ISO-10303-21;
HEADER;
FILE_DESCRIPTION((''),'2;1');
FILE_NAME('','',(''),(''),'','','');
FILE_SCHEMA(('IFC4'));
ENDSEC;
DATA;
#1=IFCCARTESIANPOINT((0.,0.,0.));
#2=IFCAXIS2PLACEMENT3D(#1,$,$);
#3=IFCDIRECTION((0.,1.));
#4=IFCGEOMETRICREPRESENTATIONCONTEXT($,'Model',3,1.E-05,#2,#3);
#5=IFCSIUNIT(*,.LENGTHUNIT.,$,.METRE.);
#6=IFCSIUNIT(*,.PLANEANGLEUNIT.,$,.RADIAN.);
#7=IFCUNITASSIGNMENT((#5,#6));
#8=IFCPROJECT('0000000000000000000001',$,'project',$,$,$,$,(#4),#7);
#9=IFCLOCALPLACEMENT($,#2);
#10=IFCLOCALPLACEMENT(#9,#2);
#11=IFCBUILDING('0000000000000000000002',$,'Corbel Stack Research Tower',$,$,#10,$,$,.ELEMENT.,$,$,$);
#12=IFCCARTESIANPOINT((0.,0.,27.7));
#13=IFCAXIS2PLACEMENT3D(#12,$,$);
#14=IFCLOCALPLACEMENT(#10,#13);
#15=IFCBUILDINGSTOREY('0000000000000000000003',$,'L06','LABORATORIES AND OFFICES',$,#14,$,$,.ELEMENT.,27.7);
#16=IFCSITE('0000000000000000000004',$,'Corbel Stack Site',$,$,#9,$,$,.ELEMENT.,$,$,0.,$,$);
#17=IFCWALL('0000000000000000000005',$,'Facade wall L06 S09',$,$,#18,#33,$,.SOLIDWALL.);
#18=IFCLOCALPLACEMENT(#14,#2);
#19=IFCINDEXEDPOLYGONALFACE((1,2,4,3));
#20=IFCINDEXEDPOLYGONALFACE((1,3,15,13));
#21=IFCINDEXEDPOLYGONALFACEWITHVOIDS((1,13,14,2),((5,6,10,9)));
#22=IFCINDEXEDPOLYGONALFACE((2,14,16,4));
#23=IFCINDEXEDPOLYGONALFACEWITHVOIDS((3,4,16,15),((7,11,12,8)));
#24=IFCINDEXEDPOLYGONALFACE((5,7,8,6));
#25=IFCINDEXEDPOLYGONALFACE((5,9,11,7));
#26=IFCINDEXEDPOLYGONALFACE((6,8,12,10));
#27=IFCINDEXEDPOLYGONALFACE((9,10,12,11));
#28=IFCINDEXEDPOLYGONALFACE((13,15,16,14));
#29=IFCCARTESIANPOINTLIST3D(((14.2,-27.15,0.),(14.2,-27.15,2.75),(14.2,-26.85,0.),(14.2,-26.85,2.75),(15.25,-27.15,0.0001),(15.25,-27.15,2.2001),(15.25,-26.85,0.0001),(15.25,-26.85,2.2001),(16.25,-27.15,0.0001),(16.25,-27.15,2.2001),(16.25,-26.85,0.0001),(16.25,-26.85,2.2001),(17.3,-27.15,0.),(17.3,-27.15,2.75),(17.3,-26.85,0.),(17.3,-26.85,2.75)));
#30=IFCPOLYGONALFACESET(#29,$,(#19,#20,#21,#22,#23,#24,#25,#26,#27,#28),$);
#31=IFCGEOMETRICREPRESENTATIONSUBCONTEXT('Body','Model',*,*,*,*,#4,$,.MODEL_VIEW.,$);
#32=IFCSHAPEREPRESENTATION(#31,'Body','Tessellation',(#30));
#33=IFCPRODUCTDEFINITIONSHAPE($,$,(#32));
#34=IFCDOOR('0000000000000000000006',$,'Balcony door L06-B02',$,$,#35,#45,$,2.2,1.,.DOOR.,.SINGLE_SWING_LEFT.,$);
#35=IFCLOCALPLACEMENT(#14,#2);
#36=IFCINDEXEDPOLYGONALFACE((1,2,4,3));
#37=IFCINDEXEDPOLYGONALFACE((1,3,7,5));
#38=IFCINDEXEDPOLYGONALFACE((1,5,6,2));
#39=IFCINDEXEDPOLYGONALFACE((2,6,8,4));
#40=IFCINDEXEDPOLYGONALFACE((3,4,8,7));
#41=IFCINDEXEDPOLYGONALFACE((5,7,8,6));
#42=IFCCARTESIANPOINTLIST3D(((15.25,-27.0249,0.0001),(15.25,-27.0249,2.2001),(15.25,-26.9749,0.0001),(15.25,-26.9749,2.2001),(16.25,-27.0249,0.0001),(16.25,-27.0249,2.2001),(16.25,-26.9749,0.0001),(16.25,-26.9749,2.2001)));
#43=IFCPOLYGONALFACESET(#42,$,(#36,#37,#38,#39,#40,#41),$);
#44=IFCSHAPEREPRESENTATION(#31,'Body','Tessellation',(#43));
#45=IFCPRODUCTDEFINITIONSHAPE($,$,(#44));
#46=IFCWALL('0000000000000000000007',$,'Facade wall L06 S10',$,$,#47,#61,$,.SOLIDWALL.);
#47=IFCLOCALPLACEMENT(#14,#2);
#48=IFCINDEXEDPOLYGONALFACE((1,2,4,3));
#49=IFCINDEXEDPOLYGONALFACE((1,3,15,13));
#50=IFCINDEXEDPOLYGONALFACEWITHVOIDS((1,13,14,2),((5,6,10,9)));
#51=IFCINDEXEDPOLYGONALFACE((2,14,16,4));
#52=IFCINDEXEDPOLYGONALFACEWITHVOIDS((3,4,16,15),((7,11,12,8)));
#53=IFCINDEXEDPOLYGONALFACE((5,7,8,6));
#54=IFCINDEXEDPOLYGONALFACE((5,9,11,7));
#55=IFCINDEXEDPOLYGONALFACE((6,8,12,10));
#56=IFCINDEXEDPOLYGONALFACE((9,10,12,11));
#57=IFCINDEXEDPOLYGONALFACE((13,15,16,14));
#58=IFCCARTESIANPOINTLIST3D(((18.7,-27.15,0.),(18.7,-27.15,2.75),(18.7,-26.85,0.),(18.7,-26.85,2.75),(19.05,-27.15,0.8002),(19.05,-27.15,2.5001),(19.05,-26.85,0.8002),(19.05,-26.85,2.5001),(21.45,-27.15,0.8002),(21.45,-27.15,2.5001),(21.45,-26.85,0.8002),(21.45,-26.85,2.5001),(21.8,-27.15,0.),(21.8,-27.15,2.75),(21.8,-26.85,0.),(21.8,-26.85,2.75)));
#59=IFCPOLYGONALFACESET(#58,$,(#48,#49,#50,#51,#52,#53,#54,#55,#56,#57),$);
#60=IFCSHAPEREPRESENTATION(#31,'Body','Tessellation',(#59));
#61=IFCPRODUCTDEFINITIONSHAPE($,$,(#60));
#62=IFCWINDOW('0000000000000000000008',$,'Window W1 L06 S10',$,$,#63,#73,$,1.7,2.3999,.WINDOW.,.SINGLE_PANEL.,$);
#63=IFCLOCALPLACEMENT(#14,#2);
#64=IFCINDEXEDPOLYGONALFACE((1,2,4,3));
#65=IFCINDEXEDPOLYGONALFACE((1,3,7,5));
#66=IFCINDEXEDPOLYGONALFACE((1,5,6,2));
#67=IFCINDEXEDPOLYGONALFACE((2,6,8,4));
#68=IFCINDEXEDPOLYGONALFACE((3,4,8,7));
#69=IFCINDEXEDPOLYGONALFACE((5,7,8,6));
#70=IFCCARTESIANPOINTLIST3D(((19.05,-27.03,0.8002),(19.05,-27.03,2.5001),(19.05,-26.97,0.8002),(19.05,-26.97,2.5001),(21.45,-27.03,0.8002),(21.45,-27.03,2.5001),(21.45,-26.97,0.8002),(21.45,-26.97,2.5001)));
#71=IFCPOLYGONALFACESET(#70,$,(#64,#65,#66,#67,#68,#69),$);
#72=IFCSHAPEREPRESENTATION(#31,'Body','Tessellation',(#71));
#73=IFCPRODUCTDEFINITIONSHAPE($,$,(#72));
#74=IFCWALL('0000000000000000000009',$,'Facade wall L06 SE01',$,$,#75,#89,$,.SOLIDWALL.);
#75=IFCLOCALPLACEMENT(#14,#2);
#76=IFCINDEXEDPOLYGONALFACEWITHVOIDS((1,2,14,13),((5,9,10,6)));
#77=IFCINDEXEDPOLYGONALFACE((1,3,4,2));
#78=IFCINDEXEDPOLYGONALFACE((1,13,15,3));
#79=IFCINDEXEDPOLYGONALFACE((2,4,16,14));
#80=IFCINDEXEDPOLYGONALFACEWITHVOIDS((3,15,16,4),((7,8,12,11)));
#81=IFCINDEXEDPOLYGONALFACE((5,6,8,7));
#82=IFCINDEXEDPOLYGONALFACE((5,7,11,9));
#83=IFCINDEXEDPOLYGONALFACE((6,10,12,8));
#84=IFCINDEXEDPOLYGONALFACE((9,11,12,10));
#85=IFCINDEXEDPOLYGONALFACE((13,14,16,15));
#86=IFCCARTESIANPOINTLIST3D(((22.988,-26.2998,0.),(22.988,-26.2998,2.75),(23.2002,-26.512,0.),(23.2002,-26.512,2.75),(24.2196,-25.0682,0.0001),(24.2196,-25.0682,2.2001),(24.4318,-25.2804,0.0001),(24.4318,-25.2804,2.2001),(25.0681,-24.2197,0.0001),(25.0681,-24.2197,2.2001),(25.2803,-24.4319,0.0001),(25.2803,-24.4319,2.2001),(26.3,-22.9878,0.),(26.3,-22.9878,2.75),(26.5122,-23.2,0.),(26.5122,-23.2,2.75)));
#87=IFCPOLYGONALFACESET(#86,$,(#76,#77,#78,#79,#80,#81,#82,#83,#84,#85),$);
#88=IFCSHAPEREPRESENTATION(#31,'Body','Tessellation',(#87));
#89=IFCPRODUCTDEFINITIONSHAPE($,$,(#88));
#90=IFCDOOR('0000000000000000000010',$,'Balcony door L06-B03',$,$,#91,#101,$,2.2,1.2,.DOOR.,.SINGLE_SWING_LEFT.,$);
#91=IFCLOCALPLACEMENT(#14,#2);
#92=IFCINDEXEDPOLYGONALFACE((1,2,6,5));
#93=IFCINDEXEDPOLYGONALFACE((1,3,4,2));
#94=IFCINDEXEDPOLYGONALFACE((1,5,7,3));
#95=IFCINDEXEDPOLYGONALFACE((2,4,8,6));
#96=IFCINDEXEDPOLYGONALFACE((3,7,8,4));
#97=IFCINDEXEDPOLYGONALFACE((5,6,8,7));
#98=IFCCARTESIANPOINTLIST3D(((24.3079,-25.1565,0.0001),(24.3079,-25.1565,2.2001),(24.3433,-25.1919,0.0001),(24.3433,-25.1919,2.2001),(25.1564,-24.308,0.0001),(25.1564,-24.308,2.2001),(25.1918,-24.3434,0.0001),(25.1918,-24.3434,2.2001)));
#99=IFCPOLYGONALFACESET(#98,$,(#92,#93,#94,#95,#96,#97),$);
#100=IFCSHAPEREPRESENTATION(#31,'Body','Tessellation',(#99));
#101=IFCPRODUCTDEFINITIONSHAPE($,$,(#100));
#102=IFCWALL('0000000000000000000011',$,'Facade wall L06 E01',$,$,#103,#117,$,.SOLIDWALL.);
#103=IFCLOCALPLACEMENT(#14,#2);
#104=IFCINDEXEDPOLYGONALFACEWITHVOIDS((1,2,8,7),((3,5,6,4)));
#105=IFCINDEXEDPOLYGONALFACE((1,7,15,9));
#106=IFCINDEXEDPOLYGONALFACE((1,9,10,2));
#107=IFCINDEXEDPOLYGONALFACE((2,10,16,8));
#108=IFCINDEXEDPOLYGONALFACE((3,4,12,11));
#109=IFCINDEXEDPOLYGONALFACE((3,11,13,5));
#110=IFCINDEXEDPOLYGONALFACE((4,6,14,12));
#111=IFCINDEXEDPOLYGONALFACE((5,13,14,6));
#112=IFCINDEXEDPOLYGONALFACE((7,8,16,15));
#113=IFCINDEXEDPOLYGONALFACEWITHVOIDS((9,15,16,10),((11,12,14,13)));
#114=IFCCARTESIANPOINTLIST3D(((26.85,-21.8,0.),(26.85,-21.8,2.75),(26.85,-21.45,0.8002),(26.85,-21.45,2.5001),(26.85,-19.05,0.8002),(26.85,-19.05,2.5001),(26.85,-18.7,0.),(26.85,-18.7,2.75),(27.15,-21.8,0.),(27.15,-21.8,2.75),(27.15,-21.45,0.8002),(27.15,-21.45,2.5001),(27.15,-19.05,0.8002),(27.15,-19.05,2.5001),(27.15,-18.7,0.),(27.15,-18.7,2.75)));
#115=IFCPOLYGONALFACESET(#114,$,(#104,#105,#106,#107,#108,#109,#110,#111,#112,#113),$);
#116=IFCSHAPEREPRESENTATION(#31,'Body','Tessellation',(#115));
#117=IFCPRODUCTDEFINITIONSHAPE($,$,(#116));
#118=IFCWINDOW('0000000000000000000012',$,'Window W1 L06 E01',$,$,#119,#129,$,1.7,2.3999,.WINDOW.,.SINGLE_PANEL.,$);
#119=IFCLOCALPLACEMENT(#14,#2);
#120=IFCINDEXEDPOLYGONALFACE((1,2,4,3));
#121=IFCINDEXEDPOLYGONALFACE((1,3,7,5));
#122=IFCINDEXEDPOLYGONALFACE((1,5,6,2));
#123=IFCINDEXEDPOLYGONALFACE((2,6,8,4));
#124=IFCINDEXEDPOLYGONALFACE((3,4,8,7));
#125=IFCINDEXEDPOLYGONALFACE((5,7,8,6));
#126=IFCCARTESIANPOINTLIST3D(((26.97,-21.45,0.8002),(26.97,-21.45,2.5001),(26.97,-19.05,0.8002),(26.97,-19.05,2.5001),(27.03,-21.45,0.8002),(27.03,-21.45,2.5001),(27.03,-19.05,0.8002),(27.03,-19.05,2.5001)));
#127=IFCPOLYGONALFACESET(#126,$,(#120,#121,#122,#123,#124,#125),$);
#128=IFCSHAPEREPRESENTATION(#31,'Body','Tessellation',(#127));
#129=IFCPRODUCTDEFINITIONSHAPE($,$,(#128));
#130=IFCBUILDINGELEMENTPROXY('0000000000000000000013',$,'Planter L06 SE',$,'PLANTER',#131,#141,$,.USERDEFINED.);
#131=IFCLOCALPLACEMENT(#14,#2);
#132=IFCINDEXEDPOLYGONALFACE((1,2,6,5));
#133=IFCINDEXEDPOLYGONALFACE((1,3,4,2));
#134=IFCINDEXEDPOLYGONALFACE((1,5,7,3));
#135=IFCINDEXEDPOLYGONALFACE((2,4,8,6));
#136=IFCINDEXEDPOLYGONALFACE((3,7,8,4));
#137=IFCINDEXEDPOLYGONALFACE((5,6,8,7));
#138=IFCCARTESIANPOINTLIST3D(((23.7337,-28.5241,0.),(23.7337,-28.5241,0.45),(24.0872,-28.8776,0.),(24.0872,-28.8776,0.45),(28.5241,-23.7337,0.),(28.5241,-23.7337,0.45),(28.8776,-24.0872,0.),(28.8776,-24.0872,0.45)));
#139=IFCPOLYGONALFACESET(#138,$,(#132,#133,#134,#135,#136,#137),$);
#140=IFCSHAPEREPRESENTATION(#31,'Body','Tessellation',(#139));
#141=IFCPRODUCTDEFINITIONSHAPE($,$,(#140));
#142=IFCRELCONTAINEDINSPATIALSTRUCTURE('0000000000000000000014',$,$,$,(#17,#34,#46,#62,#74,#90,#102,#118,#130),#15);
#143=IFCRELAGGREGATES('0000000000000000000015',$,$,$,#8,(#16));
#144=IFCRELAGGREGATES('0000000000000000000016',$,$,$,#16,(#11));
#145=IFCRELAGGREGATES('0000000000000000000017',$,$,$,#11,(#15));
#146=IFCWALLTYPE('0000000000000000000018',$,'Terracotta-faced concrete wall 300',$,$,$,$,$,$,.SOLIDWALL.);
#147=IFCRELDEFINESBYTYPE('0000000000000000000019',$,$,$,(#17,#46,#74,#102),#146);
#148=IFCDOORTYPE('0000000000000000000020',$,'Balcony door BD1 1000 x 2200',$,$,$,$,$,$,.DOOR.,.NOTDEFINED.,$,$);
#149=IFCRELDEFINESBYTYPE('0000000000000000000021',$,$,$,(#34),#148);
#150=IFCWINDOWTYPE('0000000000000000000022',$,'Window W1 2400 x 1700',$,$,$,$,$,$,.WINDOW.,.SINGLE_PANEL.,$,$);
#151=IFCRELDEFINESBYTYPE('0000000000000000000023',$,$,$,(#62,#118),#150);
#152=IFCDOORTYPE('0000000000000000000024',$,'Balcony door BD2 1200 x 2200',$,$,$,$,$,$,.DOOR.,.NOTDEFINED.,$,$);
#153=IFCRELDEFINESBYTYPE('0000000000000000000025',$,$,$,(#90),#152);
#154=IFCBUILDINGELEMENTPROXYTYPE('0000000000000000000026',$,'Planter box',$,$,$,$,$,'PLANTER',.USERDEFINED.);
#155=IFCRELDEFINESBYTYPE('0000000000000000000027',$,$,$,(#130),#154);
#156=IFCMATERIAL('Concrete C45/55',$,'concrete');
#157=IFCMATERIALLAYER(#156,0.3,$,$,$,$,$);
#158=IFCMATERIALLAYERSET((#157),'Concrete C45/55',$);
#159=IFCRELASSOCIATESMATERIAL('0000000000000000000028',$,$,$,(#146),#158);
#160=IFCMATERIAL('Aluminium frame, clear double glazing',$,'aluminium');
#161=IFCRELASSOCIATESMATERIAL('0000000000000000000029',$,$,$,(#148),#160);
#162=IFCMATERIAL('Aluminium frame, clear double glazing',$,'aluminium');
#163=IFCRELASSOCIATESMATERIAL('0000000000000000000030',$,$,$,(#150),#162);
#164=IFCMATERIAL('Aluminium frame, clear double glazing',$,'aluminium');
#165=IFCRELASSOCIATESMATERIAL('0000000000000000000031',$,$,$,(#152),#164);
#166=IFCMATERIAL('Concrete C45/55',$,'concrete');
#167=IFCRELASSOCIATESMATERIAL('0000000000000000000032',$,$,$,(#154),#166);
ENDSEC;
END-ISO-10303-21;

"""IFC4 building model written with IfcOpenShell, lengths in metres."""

from ifc_helpers import new_model, si_unit, direction, frame, frame_2d, origin, origin_2d, place, context, subcontext, project, spatial, rectangle, extrude, material, layer, layer_set, type_object, element, fill, save


model = new_model("IFC4")

# Units and contexts
model_context = context("Model", 3, precision=1e-05, world=origin(), true_north=direction((0.0, 1.0)))
body_context = subcontext(model_context, "Body", "Model", "MODEL_VIEW")
ifc_project = project(units=[si_unit("LENGTHUNIT", "METRE"), si_unit("PLANEANGLEUNIT", "RADIAN")], contexts=[model_context])

# Site, building, storey
site_placement = place(None, origin())
site = spatial("IfcSite", under=ifc_project, at=site_placement, Name="Corbel Stack Site", CompositionType="ELEMENT", RefElevation=0.0)
building_placement = place(site_placement, origin())
building = spatial("IfcBuilding", under=site, at=building_placement, Name="Corbel Stack Research Tower", CompositionType="ELEMENT")
storey_placement = place(building_placement, frame((0.0, 0.0, 27.7)))
storey = spatial("IfcBuildingStorey", under=building, at=storey_placement, Name="L06", Description="LABORATORIES AND OFFICES", CompositionType="ELEMENT", Elevation=27.7)

# Wall, opening, door
ifc_material_1 = material(Name="Concrete C45/55", Category="concrete")
ifc_layer_1 = layer(ifc_material_1, 0.3)
ifc_layer_set_1 = layer_set([ifc_layer_1], Name="Concrete C45/55")
wall_type_1 = type_object("IfcWallType", Name="Terracotta-faced concrete wall 300", PredefinedType="SOLIDWALL", material=ifc_layer_set_1)
wall_1_placement = place(storey_placement, frame((17.3, -27.0, 0.0), z_axis=(0.0, 0.0, 1.0), x_axis=(-1.0, 0.0, 0.0)))
wall_1 = element("IfcWall", 1, at=wall_1_placement, inside=storey, type_object=wall_type_1, Name="Facade wall L06 S09", PredefinedType="SOLIDWALL", context=body_context, shape_type="SweptSolid", body=[
    extrude(rectangle(XDim=3.1001, YDim=0.3, at=frame_2d((1.55, 0.0))), origin(), (0.0, 0.0, 1.0), 2.75),
])
opening_1_placement = place(wall_1_placement, frame((1.05, 0.0, 0.0)))
opening_1 = element("IfcOpeningElement", 2, at=opening_1_placement, cuts=wall_1, PredefinedType="OPENING", context=body_context, shape_type="SweptSolid", body=[
    extrude(rectangle(XDim=1.0, YDim=2.2, at=frame_2d((0.5, 1.1001))), frame((0.0, 0.1599, 0.0), z_axis=(0.0, -1.0, 0.0), x_axis=(1.0, 0.0, 0.0)), (0.0, 0.0, 1.0), 0.3201),
])
ifc_material_2 = material(Name="Aluminium frame, clear double glazing", Category="aluminium")
door_type_1 = type_object("IfcDoorType", Name="Balcony door BD1 1000 x 2200", OperationType="NOTDEFINED", PredefinedType="DOOR", material=ifc_material_2)
door_1_placement = place(opening_1_placement, origin())
door_1 = element("IfcDoor", 3, at=door_1_placement, inside=storey, type_object=door_type_1, Name="Balcony door L06-B02", OperationType="SINGLE_SWING_LEFT", OverallHeight=2.2, OverallWidth=1.0, PredefinedType="DOOR", context=body_context, shape_type="SweptSolid", body=[
    extrude(rectangle(XDim=1.0, YDim=2.2, at=frame_2d((0.5, 1.1001))), frame((0.0, 0.0249, 0.0), z_axis=(0.0, -1.0, 0.0), x_axis=(1.0, 0.0, 0.0)), (0.0, 0.0, 1.0), 0.05),
])
fill(opening_1, door_1)

# Wall, opening, window
wall_2_placement = place(storey_placement, frame((21.8, -27.0, 0.0), z_axis=(0.0, 0.0, 1.0), x_axis=(-1.0, 0.0, 0.0)))
wall_2 = element("IfcWall", 4, at=wall_2_placement, inside=storey, type_object=wall_type_1, Name="Facade wall L06 S10", PredefinedType="SOLIDWALL", context=body_context, shape_type="SweptSolid", body=[
    extrude(rectangle(XDim=3.1001, YDim=0.3, at=frame_2d((1.55, 0.0))), origin(), (0.0, 0.0, 1.0), 2.75),
])
opening_2_placement = place(wall_2_placement, frame((0.3501, 0.0, 0.8)))
opening_2 = element("IfcOpeningElement", 5, at=opening_2_placement, cuts=wall_2, PredefinedType="OPENING", context=body_context, shape_type="SweptSolid", body=[
    extrude(rectangle(XDim=2.3999, YDim=1.7, at=frame_2d((1.2, 0.8501))), frame((0.0, 0.1599, 0.0), z_axis=(0.0, -1.0, 0.0), x_axis=(1.0, 0.0, 0.0)), (0.0, 0.0, 1.0), 0.3201),
])
ifc_material_3 = material(Name="Aluminium frame, clear double glazing", Category="aluminium")
window_type = type_object("IfcWindowType", Name="Window W1 2400 x 1700", PartitioningType="SINGLE_PANEL", PredefinedType="WINDOW", material=ifc_material_3)
window_1_placement = place(opening_2_placement, origin())
window_1 = element("IfcWindow", 6, at=window_1_placement, inside=storey, type_object=window_type, Name="Window W1 L06 S10", OverallHeight=1.7, OverallWidth=2.3999, PartitioningType="SINGLE_PANEL", PredefinedType="WINDOW", context=body_context, shape_type="SweptSolid", body=[
    extrude(rectangle(XDim=2.3999, YDim=1.7, at=frame_2d((1.2, 0.8501))), frame((0.0, 0.03, 0.0), z_axis=(0.0, -1.0, 0.0), x_axis=(1.0, 0.0, 0.0)), (0.0, 0.0, 1.0), 0.0601),
])
fill(opening_2, window_1)

# Wall, opening, door
wall_3_placement = place(storey_placement, frame((26.406, -23.094, 0.0), z_axis=(0.0, 0.0, 1.0), x_axis=(-0.707107, -0.707107, 0.0)))
wall_3 = element("IfcWall", 7, at=wall_3_placement, inside=storey, type_object=wall_type_1, Name="Facade wall L06 SE01", PredefinedType="SOLIDWALL", context=body_context, shape_type="SweptSolid", body=[
    extrude(rectangle(XDim=4.6838, YDim=0.3, at=frame_2d((2.3418, 0.0))), origin(), (0.0, 0.0, 1.0), 2.75),
])
opening_3_placement = place(wall_3_placement, frame((1.7419, 0.0, 0.0)))
opening_3 = element("IfcOpeningElement", 8, at=opening_3_placement, cuts=wall_3, PredefinedType="OPENING", context=body_context, shape_type="SweptSolid", body=[
    extrude(rectangle(XDim=1.2, YDim=2.2, at=frame_2d((0.6001, 1.1001))), frame((0.0, 0.1599, 0.0), z_axis=(0.0, -1.0, 0.0), x_axis=(1.0, 0.0, 0.0)), (0.0, 0.0, 1.0), 0.3201),
])
ifc_material_4 = material(Name="Aluminium frame, clear double glazing", Category="aluminium")
door_type_2 = type_object("IfcDoorType", Name="Balcony door BD2 1200 x 2200", OperationType="NOTDEFINED", PredefinedType="DOOR", material=ifc_material_4)
door_2_placement = place(opening_3_placement, origin())
door_2 = element("IfcDoor", 9, at=door_2_placement, inside=storey, type_object=door_type_2, Name="Balcony door L06-B03", OperationType="SINGLE_SWING_LEFT", OverallHeight=2.2, OverallWidth=1.2, PredefinedType="DOOR", context=body_context, shape_type="SweptSolid", body=[
    extrude(rectangle(XDim=1.2, YDim=2.2, at=frame_2d((0.6001, 1.1001))), frame((0.0, 0.0249, 0.0), z_axis=(0.0, -1.0, 0.0), x_axis=(1.0, 0.0, 0.0)), (0.0, 0.0, 1.0), 0.05),
])
fill(opening_3, door_2)

# Wall, opening, window
wall_4_placement = place(storey_placement, frame((27.0, -18.7, 0.0), z_axis=(0.0, 0.0, 1.0), x_axis=(0.0, -1.0, 0.0)))
wall_4 = element("IfcWall", 10, at=wall_4_placement, inside=storey, type_object=wall_type_1, Name="Facade wall L06 E01", PredefinedType="SOLIDWALL", context=body_context, shape_type="SweptSolid", body=[
    extrude(rectangle(XDim=3.1001, YDim=0.3, at=frame_2d((1.55, 0.0))), origin(), (0.0, 0.0, 1.0), 2.75),
])
opening_4_placement = place(wall_4_placement, frame((0.3501, 0.0, 0.8)))
opening_4 = element("IfcOpeningElement", 11, at=opening_4_placement, cuts=wall_4, PredefinedType="OPENING", context=body_context, shape_type="SweptSolid", body=[
    extrude(rectangle(XDim=2.3999, YDim=1.7, at=frame_2d((1.2, 0.8501))), frame((0.0, 0.1599, 0.0), z_axis=(0.0, -1.0, 0.0), x_axis=(1.0, 0.0, 0.0)), (0.0, 0.0, 1.0), 0.3201),
])
window_2_placement = place(opening_4_placement, origin())
window_2 = element("IfcWindow", 12, at=window_2_placement, inside=storey, type_object=window_type, Name="Window W1 L06 E01", OverallHeight=1.7, OverallWidth=2.3999, PartitioningType="SINGLE_PANEL", PredefinedType="WINDOW", context=body_context, shape_type="SweptSolid", body=[
    extrude(rectangle(XDim=2.3999, YDim=1.7, at=frame_2d((1.2, 0.8501))), frame((0.0, 0.03, 0.0), z_axis=(0.0, -1.0, 0.0), x_axis=(1.0, 0.0, 0.0)), (0.0, 0.0, 1.0), 0.0601),
])
fill(opening_4, window_2)

# Building element proxy
ifc_material_5 = material(Name="Concrete C45/55", Category="concrete")
building_element_proxy_type = type_object("IfcBuildingElementProxyType", Name="Planter box", ElementType="PLANTER", PredefinedType="USERDEFINED", material=ifc_material_5)
proxy_placement = place(storey_placement, frame((26.3057, -26.3057, 0.0), z_axis=(0.0, 0.0, 1.0), x_axis=(0.707107, 0.707107, 0.0)))
element("IfcBuildingElementProxy", 13, at=proxy_placement, inside=storey, type_object=building_element_proxy_type, Name="Planter L06 SE", ObjectType="PLANTER", PredefinedType="USERDEFINED", context=body_context, shape_type="SweptSolid", body=[
    extrude(rectangle(XDim=6.7747, YDim=0.5, at=origin_2d()), origin(), (0.0, 0.0, 1.0), 0.45),
])

save(model, "model.ifc")
